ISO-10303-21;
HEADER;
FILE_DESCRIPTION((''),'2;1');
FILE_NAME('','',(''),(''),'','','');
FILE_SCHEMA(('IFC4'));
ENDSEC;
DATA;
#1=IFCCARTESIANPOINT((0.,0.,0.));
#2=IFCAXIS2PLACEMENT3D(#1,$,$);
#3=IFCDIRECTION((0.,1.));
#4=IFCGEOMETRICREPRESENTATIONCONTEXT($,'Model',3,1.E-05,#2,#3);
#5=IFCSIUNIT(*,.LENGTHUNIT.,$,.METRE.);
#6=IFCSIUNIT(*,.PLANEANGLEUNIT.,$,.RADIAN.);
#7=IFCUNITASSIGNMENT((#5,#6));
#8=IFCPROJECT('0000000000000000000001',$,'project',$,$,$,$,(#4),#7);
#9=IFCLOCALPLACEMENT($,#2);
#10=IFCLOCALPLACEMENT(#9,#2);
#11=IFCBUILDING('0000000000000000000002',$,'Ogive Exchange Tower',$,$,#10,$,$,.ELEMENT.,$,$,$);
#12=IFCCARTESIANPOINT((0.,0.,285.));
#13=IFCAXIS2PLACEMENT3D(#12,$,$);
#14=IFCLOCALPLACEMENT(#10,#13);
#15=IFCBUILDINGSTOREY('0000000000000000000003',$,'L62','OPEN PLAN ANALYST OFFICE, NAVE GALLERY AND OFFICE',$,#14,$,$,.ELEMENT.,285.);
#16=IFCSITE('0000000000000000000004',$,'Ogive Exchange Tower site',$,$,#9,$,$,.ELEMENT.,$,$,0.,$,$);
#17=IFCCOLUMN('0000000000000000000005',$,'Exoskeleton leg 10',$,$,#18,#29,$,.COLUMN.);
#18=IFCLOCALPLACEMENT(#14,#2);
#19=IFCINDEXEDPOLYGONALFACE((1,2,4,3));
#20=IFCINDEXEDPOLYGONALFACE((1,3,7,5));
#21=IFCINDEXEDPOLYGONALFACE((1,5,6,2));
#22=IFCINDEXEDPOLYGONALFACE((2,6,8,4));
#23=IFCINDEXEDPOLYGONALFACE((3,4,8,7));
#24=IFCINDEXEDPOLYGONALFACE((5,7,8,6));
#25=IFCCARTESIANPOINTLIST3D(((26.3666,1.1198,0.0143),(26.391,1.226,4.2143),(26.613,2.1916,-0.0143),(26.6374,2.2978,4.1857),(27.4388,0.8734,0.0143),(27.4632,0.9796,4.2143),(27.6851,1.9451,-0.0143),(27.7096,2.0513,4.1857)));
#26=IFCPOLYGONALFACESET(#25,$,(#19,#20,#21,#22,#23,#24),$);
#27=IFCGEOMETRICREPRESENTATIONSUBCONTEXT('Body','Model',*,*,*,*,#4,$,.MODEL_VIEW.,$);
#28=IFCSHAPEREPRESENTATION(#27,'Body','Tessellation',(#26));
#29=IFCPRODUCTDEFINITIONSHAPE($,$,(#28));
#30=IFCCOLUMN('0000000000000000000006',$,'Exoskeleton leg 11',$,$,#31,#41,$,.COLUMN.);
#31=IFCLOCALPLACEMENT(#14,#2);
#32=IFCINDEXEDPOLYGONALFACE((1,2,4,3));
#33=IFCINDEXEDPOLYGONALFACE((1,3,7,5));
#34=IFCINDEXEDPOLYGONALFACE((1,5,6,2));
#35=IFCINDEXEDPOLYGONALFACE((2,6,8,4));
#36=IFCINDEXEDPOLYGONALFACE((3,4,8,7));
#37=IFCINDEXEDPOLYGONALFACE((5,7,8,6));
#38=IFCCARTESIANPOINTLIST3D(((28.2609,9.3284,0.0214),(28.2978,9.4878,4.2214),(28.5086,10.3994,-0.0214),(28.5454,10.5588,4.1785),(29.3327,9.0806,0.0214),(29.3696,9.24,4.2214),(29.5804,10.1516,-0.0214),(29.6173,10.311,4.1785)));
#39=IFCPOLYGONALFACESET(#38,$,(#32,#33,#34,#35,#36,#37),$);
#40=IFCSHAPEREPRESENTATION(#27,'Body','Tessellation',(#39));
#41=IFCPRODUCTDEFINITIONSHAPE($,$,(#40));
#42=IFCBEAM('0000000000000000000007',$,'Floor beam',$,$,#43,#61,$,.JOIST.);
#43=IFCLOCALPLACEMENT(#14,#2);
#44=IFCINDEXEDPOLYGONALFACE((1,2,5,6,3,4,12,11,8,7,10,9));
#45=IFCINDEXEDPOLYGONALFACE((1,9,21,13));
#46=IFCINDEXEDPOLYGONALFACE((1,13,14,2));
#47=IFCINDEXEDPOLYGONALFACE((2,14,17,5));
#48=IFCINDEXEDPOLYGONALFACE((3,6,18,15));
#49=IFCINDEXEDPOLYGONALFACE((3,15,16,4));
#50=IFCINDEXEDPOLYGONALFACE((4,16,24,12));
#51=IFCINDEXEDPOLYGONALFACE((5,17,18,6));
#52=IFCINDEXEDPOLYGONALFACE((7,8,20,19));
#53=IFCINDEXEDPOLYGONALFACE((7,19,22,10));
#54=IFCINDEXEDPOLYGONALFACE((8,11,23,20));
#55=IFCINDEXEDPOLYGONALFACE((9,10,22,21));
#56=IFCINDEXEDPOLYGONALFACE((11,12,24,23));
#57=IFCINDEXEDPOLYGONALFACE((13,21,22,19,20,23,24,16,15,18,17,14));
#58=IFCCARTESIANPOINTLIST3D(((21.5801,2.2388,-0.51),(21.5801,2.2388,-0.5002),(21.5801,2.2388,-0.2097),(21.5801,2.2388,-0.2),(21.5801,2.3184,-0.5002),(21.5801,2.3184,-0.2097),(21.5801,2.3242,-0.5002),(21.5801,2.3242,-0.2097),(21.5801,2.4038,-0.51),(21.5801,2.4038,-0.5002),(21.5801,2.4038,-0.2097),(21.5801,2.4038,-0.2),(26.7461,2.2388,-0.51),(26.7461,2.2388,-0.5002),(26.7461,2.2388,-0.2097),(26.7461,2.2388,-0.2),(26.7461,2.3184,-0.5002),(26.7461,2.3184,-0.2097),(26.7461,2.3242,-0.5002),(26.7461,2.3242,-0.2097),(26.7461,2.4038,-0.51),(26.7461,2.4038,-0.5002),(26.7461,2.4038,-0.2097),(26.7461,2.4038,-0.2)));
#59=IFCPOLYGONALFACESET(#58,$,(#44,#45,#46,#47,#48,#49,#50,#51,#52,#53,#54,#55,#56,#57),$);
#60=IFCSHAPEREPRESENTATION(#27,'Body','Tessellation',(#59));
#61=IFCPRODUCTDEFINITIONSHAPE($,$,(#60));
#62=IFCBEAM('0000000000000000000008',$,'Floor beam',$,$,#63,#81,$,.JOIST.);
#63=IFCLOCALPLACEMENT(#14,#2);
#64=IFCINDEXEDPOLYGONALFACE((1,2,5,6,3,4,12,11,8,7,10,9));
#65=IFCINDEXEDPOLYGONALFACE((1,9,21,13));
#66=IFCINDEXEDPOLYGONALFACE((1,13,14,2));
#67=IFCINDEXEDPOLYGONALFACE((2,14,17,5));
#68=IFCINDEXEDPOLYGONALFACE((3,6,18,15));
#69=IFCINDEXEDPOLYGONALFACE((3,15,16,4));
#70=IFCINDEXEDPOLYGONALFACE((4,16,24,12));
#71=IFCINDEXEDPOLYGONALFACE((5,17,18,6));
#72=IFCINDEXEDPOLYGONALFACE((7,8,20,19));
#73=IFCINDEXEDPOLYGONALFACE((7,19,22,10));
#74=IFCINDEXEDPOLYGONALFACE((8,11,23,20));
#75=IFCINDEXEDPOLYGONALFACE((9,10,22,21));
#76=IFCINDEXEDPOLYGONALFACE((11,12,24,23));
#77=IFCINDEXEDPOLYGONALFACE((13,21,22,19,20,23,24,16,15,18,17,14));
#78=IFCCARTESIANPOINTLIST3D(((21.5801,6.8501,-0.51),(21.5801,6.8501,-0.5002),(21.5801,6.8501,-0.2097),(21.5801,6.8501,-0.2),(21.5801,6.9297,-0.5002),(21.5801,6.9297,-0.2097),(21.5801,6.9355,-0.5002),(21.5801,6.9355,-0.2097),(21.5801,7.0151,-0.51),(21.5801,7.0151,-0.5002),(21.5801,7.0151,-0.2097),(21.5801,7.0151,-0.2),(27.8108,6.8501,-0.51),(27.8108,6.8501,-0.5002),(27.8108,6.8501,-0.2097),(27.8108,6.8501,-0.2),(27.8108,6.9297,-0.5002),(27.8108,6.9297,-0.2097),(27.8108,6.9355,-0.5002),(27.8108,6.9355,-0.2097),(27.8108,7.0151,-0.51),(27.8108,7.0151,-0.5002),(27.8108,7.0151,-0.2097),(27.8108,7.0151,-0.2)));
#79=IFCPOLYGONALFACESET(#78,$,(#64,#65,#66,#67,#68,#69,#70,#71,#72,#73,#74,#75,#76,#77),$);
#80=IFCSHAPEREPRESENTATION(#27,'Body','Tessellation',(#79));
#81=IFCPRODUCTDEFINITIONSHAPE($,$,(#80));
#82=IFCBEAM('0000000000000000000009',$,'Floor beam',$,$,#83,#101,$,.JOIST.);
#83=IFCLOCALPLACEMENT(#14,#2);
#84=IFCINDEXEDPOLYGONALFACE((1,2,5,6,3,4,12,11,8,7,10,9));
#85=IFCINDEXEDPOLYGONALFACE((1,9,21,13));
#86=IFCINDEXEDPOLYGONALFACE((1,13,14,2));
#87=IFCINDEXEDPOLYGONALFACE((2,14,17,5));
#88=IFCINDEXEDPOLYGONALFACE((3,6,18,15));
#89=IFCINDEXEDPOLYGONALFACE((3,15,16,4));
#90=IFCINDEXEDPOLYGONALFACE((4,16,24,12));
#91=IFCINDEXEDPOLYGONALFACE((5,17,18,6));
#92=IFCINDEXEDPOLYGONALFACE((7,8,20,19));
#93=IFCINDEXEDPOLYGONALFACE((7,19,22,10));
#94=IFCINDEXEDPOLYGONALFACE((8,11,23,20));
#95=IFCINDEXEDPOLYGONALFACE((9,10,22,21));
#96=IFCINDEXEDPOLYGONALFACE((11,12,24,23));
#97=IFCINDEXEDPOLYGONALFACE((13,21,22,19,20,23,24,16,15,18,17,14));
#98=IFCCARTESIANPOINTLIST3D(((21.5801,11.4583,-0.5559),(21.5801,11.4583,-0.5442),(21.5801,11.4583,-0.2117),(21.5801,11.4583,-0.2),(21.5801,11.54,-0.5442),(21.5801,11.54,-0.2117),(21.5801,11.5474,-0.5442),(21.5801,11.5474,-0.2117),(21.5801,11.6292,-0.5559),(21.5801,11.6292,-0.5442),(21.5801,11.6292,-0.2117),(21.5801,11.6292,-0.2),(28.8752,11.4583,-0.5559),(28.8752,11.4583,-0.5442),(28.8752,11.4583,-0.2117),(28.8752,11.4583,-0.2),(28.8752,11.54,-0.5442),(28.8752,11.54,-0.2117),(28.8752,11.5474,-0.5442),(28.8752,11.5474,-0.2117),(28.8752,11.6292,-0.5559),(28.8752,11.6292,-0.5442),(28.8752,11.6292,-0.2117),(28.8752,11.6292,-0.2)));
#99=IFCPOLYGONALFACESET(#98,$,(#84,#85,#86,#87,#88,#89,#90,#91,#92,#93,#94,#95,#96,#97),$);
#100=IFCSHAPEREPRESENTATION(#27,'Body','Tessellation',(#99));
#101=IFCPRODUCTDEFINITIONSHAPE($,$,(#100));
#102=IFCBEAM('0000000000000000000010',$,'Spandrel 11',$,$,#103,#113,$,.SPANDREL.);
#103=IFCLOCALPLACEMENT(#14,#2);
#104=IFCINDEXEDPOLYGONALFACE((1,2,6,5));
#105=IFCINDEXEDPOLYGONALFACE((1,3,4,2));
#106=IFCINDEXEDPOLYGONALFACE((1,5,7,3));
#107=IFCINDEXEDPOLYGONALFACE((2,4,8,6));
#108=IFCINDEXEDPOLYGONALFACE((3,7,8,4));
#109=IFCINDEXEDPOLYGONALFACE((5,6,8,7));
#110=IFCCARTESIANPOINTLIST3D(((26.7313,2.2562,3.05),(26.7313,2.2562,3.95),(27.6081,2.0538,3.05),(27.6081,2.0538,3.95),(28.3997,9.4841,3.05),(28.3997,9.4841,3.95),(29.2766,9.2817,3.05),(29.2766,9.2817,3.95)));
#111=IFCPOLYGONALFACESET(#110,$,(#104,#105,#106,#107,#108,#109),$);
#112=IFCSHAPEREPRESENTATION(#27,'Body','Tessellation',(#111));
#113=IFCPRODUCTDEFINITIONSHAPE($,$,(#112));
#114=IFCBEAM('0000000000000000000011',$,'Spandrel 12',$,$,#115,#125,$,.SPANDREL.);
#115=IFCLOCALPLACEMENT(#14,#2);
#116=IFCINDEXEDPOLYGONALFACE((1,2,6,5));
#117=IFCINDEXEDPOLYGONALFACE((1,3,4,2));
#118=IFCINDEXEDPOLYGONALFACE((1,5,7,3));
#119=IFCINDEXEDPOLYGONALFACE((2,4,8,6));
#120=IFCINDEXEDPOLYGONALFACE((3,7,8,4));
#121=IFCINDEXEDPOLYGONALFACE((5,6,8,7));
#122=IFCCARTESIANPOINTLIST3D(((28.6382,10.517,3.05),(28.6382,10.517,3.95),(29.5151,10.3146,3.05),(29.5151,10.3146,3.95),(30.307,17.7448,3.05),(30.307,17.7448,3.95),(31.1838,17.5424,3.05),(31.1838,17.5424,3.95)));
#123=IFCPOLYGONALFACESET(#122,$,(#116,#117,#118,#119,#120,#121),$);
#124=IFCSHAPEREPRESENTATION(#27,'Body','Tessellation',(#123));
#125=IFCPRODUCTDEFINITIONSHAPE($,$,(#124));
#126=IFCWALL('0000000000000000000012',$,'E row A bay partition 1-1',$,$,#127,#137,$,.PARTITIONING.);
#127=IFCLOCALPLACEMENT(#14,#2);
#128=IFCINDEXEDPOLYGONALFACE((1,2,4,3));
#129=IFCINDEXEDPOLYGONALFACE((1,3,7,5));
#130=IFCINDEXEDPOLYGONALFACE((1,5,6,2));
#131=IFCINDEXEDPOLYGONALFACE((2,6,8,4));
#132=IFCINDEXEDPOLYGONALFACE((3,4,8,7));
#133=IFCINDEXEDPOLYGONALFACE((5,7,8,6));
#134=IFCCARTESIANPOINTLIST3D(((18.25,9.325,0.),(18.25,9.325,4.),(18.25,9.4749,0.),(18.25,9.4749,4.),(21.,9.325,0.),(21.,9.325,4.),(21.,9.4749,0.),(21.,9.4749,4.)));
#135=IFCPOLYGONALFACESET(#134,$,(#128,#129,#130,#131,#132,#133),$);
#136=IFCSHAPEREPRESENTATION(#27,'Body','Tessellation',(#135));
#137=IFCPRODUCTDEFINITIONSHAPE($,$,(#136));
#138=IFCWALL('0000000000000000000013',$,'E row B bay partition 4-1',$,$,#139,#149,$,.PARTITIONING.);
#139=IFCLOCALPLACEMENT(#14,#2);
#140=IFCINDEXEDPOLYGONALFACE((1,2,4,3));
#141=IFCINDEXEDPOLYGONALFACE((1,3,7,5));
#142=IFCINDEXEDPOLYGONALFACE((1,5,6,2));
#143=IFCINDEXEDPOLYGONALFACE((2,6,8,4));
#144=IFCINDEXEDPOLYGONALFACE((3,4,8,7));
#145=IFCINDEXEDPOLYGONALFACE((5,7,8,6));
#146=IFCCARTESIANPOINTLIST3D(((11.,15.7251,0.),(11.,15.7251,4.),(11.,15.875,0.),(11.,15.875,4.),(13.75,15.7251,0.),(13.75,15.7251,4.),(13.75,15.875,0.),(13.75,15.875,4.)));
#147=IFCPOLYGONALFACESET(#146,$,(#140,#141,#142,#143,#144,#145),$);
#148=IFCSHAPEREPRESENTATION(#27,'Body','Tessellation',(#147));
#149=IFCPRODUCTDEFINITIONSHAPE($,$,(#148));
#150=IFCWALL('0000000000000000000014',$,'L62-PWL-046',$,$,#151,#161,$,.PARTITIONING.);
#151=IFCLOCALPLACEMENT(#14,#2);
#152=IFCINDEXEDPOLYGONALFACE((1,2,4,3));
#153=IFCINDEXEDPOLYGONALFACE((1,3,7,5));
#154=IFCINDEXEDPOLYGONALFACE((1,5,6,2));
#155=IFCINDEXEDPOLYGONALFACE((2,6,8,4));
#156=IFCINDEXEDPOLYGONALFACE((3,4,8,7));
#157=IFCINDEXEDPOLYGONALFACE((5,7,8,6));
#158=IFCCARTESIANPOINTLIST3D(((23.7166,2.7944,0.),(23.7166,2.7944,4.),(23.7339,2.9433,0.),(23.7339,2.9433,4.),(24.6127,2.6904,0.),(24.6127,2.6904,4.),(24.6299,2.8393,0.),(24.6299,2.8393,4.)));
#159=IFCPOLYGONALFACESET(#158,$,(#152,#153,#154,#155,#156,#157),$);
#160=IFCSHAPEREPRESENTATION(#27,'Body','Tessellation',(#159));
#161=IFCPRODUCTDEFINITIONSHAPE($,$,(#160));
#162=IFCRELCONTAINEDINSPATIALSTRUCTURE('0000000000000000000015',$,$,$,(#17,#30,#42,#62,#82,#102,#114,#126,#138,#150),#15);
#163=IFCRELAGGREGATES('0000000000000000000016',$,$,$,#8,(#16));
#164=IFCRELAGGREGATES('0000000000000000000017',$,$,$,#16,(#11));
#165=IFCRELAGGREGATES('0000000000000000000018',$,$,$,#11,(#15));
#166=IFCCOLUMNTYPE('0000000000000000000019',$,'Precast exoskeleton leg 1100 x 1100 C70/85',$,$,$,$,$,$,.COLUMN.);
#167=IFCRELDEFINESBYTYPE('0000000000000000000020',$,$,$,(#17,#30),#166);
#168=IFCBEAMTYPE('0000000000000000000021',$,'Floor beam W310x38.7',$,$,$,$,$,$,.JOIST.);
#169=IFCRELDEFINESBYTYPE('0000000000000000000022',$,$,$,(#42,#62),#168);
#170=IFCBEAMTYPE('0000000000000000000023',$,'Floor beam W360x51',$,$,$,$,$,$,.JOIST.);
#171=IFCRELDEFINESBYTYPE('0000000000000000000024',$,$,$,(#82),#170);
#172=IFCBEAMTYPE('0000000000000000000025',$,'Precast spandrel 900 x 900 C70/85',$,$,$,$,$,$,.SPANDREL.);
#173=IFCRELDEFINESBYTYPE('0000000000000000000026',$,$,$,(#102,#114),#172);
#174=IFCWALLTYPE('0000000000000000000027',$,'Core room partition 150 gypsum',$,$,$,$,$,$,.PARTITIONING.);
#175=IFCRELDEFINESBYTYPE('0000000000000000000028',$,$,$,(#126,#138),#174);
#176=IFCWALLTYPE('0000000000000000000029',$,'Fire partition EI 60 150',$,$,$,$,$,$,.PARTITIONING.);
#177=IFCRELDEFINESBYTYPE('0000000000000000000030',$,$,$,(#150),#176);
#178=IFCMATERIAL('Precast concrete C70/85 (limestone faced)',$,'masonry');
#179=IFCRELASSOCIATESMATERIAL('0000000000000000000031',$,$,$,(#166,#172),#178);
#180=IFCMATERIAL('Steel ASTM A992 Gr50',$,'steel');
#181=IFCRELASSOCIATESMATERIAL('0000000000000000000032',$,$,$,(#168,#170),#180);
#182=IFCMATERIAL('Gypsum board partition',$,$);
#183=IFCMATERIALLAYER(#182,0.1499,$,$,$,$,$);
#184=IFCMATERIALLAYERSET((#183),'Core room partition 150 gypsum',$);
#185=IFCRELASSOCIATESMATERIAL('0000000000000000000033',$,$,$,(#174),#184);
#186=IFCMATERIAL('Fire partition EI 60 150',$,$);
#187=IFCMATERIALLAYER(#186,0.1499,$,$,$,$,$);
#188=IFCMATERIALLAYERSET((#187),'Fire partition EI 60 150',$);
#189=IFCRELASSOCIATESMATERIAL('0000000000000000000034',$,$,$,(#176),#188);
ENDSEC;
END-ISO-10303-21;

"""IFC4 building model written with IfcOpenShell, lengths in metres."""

from ifc_helpers import new_model, si_unit, direction, frame, frame_2d, origin, origin_2d, place, context, subcontext, project, spatial, rectangle, i_section, extrude, material, layer, layer_set, material_profile, profile_set, type_object, element, save


model = new_model("IFC4")

# Units and contexts
model_context = context("Model", 3, precision=1e-05, world=origin(), true_north=direction((0.0, 1.0)))
body_context = subcontext(model_context, "Body", "Model", "MODEL_VIEW")
ifc_project = project(units=[si_unit("LENGTHUNIT", "METRE"), si_unit("PLANEANGLEUNIT", "RADIAN")], contexts=[model_context])

# Site, building, storey
site_placement = place(None, origin())
site = spatial("IfcSite", under=ifc_project, at=site_placement, Name="Ogive Exchange Tower site", CompositionType="ELEMENT", RefElevation=0.0)
building_placement = place(site_placement, origin())
building = spatial("IfcBuilding", under=site, at=building_placement, Name="Ogive Exchange Tower", CompositionType="ELEMENT")
storey_placement = place(building_placement, frame((0.0, 0.0, 285.0)))
storey = spatial("IfcBuildingStorey", under=building, at=storey_placement, Name="L62", Description="OPEN PLAN ANALYST OFFICE, NAVE GALLERY AND OFFICE", CompositionType="ELEMENT", Elevation=285.0)

# Columns
ifc_material_1 = material(Name="Precast concrete C70/85 (limestone faced)", Category="masonry")
ifc_material_profile_1 = material_profile(ifc_material_1, rectangle(XDim=1.1001, YDim=1.1001, at=origin_2d()), Name="1100 x 1100")
ifc_profile_set_1 = profile_set([ifc_material_profile_1], Name="Precast concrete C70/85 (limestone faced)")
column_type = type_object("IfcColumnType", Name="Precast exoskeleton leg 1100 x 1100 C70/85", PredefinedType="COLUMN", material=ifc_profile_set_1)
column_1_placement = place(storey_placement, frame((27.0259, 1.5325, 0.0), z_axis=(0.005811, 0.025278, 0.999664), x_axis=(-0.97458, 0.224041, 0.0)))
element("IfcColumn", 1, at=column_1_placement, inside=storey, type_object=column_type, Name="Exoskeleton leg 10", PredefinedType="COLUMN", context=body_context, shape_type="SweptSolid", body=[
    extrude(rectangle(XDim=1.1001, YDim=1.1001, at=origin_2d()), origin(), (0.0, 0.0, 1.0), 4.2014),
])
column_2_placement = place(storey_placement, frame((28.9207, 9.74, 0.0), z_axis=(0.008771, 0.03793, 0.999242), x_axis=(-0.974291, 0.225295, 0.0)))
element("IfcColumn", 2, at=column_2_placement, inside=storey, type_object=column_type, Name="Exoskeleton leg 11", PredefinedType="COLUMN", context=body_context, shape_type="SweptSolid", body=[
    extrude(rectangle(XDim=1.1001, YDim=1.1001, at=origin_2d()), origin(), (0.0, 0.0, 1.0), 4.2031),
])

# Beams
ifc_material_2 = material(Name="Steel ASTM A992 Gr50", Category="steel")
ifc_material_profile_2 = material_profile(ifc_material_2, i_section(OverallWidth=0.165, OverallDepth=0.3101, WebThickness=0.0059, FlangeThickness=0.0098, at=origin_2d()), Name="W310x38.7")
ifc_profile_set_2 = profile_set([ifc_material_profile_2], Name="Steel ASTM A992 Gr50")
beam_type_1 = type_object("IfcBeamType", Name="Floor beam W310x38.7", PredefinedType="JOIST", material=ifc_profile_set_2)
beam_1_placement = place(storey_placement, frame((21.5801, 2.3213, -0.355), z_axis=(1.0, 0.0, 0.0), x_axis=(0.0, 1.0, 0.0)))
element("IfcBeam", 3, at=beam_1_placement, inside=storey, type_object=beam_type_1, Name="Floor beam", PredefinedType="JOIST", context=body_context, shape_type="SweptSolid", body=[
    extrude(i_section(OverallWidth=0.165, OverallDepth=0.3101, WebThickness=0.0059, FlangeThickness=0.0098, at=origin_2d()), origin(), (0.0, 0.0, 1.0), 5.166),
])
beam_2_placement = place(storey_placement, frame((21.5801, 6.9326, -0.355), z_axis=(1.0, 0.0, 0.0), x_axis=(0.0, 1.0, 0.0)))
element("IfcBeam", 4, at=beam_2_placement, inside=storey, type_object=beam_type_1, Name="Floor beam", PredefinedType="JOIST", context=body_context, shape_type="SweptSolid", body=[
    extrude(i_section(OverallWidth=0.165, OverallDepth=0.3101, WebThickness=0.0059, FlangeThickness=0.0098, at=origin_2d()), origin(), (0.0, 0.0, 1.0), 6.2307),
])
ifc_material_profile_3 = material_profile(ifc_material_2, i_section(OverallWidth=0.1709, OverallDepth=0.356, WebThickness=0.0073, FlangeThickness=0.0117, at=origin_2d()), Name="W360x51")
ifc_profile_set_3 = profile_set([ifc_material_profile_3], Name="Steel ASTM A992 Gr50")
beam_type_2 = type_object("IfcBeamType", Name="Floor beam W360x51", PredefinedType="JOIST", material=ifc_profile_set_3)
beam_3_placement = place(storey_placement, frame((21.5801, 11.5437, -0.3779), z_axis=(1.0, 0.0, 0.0), x_axis=(0.0, 1.0, 0.0)))
element("IfcBeam", 5, at=beam_3_placement, inside=storey, type_object=beam_type_2, Name="Floor beam", PredefinedType="JOIST", context=body_context, shape_type="SweptSolid", body=[
    extrude(i_section(OverallWidth=0.1709, OverallDepth=0.356, WebThickness=0.0073, FlangeThickness=0.0117, at=origin_2d()), origin(), (0.0, 0.0, 1.0), 7.2952),
])
ifc_material_profile_4 = material_profile(ifc_material_1, rectangle(XDim=0.8999, YDim=0.8999, at=origin_2d()), Name="900 x 900")
ifc_profile_set_4 = profile_set([ifc_material_profile_4], Name="Precast concrete C70/85 (limestone faced)")
beam_type_3 = type_object("IfcBeamType", Name="Precast spandrel 900 x 900 C70/85", PredefinedType="SPANDREL", material=ifc_profile_set_4)
for number, where, z_axis, x_axis, name in (
    (6, (27.1697, 2.155, 3.5), (0.224924, 0.974376, 0.0), (-0.974376, 0.224924, 0.0), "Spandrel 11"),
    (7, (29.0767, 10.4158, 3.5), (0.224956, 0.974369, 0.0), (-0.974369, 0.224956, 0.0), "Spandrel 12"),
):
    element("IfcBeam", number, at=place(storey_placement, frame(where, z_axis=z_axis, x_axis=x_axis)), inside=storey, type_object=beam_type_3, Name=name, PredefinedType="SPANDREL", context=body_context, shape_type="SweptSolid", body=[
        extrude(rectangle(XDim=0.8999, YDim=0.8999, at=origin_2d()), origin(), (0.0, 0.0, 1.0), 7.418),
    ])

# Walls
ifc_material_3 = material(Name="Gypsum board partition")
ifc_layer_1 = layer(ifc_material_3, 0.1499)
ifc_layer_set_1 = layer_set([ifc_layer_1], Name="Core room partition 150 gypsum")
wall_type_1 = type_object("IfcWallType", Name="Core room partition 150 gypsum", PredefinedType="PARTITIONING", material=ifc_layer_set_1)
for number, where, z_axis, x_axis, name in (
    (8, (18.25, 9.3999, 0.0), (0.0, 0.0, 1.0), (1.0, 0.0, 0.0), "E row A bay partition 1-1"),
    (9, (11.0, 15.8, 0.0), (0.0, 0.0, 1.0), (1.0, 0.0, 0.0), "E row B bay partition 4-1"),
):
    element("IfcWall", number, at=place(storey_placement, frame(where, z_axis=z_axis, x_axis=x_axis)), inside=storey, type_object=wall_type_1, Name=name, PredefinedType="PARTITIONING", context=body_context, shape_type="SweptSolid", body=[
        extrude(rectangle(XDim=2.75, YDim=0.1499, at=frame_2d((1.375, 0.0))), origin(), (0.0, 0.0, 1.0), 4.0),
    ])
ifc_material_4 = material(Name="Fire partition EI 60 150")
ifc_layer_2 = layer(ifc_material_4, 0.1499)
ifc_layer_set_2 = layer_set([ifc_layer_2], Name="Fire partition EI 60 150")
wall_type_2 = type_object("IfcWallType", Name="Fire partition EI 60 150", PredefinedType="PARTITIONING", material=ifc_layer_set_2)
wall_1_placement = place(storey_placement, frame((23.7251, 2.8689, 0.0), z_axis=(0.0, 0.0, 1.0), x_axis=(0.99333, -0.115302, 0.0)))
element("IfcWall", 10, at=wall_1_placement, inside=storey, type_object=wall_type_2, Name="L62-PWL-046", PredefinedType="PARTITIONING", context=body_context, shape_type="SweptSolid", body=[
    extrude(rectangle(XDim=0.9021, YDim=0.1499, at=frame_2d((0.4512, 0.0))), origin(), (0.0, 0.0, 1.0), 4.0),
])

save(model, "model.ifc")
